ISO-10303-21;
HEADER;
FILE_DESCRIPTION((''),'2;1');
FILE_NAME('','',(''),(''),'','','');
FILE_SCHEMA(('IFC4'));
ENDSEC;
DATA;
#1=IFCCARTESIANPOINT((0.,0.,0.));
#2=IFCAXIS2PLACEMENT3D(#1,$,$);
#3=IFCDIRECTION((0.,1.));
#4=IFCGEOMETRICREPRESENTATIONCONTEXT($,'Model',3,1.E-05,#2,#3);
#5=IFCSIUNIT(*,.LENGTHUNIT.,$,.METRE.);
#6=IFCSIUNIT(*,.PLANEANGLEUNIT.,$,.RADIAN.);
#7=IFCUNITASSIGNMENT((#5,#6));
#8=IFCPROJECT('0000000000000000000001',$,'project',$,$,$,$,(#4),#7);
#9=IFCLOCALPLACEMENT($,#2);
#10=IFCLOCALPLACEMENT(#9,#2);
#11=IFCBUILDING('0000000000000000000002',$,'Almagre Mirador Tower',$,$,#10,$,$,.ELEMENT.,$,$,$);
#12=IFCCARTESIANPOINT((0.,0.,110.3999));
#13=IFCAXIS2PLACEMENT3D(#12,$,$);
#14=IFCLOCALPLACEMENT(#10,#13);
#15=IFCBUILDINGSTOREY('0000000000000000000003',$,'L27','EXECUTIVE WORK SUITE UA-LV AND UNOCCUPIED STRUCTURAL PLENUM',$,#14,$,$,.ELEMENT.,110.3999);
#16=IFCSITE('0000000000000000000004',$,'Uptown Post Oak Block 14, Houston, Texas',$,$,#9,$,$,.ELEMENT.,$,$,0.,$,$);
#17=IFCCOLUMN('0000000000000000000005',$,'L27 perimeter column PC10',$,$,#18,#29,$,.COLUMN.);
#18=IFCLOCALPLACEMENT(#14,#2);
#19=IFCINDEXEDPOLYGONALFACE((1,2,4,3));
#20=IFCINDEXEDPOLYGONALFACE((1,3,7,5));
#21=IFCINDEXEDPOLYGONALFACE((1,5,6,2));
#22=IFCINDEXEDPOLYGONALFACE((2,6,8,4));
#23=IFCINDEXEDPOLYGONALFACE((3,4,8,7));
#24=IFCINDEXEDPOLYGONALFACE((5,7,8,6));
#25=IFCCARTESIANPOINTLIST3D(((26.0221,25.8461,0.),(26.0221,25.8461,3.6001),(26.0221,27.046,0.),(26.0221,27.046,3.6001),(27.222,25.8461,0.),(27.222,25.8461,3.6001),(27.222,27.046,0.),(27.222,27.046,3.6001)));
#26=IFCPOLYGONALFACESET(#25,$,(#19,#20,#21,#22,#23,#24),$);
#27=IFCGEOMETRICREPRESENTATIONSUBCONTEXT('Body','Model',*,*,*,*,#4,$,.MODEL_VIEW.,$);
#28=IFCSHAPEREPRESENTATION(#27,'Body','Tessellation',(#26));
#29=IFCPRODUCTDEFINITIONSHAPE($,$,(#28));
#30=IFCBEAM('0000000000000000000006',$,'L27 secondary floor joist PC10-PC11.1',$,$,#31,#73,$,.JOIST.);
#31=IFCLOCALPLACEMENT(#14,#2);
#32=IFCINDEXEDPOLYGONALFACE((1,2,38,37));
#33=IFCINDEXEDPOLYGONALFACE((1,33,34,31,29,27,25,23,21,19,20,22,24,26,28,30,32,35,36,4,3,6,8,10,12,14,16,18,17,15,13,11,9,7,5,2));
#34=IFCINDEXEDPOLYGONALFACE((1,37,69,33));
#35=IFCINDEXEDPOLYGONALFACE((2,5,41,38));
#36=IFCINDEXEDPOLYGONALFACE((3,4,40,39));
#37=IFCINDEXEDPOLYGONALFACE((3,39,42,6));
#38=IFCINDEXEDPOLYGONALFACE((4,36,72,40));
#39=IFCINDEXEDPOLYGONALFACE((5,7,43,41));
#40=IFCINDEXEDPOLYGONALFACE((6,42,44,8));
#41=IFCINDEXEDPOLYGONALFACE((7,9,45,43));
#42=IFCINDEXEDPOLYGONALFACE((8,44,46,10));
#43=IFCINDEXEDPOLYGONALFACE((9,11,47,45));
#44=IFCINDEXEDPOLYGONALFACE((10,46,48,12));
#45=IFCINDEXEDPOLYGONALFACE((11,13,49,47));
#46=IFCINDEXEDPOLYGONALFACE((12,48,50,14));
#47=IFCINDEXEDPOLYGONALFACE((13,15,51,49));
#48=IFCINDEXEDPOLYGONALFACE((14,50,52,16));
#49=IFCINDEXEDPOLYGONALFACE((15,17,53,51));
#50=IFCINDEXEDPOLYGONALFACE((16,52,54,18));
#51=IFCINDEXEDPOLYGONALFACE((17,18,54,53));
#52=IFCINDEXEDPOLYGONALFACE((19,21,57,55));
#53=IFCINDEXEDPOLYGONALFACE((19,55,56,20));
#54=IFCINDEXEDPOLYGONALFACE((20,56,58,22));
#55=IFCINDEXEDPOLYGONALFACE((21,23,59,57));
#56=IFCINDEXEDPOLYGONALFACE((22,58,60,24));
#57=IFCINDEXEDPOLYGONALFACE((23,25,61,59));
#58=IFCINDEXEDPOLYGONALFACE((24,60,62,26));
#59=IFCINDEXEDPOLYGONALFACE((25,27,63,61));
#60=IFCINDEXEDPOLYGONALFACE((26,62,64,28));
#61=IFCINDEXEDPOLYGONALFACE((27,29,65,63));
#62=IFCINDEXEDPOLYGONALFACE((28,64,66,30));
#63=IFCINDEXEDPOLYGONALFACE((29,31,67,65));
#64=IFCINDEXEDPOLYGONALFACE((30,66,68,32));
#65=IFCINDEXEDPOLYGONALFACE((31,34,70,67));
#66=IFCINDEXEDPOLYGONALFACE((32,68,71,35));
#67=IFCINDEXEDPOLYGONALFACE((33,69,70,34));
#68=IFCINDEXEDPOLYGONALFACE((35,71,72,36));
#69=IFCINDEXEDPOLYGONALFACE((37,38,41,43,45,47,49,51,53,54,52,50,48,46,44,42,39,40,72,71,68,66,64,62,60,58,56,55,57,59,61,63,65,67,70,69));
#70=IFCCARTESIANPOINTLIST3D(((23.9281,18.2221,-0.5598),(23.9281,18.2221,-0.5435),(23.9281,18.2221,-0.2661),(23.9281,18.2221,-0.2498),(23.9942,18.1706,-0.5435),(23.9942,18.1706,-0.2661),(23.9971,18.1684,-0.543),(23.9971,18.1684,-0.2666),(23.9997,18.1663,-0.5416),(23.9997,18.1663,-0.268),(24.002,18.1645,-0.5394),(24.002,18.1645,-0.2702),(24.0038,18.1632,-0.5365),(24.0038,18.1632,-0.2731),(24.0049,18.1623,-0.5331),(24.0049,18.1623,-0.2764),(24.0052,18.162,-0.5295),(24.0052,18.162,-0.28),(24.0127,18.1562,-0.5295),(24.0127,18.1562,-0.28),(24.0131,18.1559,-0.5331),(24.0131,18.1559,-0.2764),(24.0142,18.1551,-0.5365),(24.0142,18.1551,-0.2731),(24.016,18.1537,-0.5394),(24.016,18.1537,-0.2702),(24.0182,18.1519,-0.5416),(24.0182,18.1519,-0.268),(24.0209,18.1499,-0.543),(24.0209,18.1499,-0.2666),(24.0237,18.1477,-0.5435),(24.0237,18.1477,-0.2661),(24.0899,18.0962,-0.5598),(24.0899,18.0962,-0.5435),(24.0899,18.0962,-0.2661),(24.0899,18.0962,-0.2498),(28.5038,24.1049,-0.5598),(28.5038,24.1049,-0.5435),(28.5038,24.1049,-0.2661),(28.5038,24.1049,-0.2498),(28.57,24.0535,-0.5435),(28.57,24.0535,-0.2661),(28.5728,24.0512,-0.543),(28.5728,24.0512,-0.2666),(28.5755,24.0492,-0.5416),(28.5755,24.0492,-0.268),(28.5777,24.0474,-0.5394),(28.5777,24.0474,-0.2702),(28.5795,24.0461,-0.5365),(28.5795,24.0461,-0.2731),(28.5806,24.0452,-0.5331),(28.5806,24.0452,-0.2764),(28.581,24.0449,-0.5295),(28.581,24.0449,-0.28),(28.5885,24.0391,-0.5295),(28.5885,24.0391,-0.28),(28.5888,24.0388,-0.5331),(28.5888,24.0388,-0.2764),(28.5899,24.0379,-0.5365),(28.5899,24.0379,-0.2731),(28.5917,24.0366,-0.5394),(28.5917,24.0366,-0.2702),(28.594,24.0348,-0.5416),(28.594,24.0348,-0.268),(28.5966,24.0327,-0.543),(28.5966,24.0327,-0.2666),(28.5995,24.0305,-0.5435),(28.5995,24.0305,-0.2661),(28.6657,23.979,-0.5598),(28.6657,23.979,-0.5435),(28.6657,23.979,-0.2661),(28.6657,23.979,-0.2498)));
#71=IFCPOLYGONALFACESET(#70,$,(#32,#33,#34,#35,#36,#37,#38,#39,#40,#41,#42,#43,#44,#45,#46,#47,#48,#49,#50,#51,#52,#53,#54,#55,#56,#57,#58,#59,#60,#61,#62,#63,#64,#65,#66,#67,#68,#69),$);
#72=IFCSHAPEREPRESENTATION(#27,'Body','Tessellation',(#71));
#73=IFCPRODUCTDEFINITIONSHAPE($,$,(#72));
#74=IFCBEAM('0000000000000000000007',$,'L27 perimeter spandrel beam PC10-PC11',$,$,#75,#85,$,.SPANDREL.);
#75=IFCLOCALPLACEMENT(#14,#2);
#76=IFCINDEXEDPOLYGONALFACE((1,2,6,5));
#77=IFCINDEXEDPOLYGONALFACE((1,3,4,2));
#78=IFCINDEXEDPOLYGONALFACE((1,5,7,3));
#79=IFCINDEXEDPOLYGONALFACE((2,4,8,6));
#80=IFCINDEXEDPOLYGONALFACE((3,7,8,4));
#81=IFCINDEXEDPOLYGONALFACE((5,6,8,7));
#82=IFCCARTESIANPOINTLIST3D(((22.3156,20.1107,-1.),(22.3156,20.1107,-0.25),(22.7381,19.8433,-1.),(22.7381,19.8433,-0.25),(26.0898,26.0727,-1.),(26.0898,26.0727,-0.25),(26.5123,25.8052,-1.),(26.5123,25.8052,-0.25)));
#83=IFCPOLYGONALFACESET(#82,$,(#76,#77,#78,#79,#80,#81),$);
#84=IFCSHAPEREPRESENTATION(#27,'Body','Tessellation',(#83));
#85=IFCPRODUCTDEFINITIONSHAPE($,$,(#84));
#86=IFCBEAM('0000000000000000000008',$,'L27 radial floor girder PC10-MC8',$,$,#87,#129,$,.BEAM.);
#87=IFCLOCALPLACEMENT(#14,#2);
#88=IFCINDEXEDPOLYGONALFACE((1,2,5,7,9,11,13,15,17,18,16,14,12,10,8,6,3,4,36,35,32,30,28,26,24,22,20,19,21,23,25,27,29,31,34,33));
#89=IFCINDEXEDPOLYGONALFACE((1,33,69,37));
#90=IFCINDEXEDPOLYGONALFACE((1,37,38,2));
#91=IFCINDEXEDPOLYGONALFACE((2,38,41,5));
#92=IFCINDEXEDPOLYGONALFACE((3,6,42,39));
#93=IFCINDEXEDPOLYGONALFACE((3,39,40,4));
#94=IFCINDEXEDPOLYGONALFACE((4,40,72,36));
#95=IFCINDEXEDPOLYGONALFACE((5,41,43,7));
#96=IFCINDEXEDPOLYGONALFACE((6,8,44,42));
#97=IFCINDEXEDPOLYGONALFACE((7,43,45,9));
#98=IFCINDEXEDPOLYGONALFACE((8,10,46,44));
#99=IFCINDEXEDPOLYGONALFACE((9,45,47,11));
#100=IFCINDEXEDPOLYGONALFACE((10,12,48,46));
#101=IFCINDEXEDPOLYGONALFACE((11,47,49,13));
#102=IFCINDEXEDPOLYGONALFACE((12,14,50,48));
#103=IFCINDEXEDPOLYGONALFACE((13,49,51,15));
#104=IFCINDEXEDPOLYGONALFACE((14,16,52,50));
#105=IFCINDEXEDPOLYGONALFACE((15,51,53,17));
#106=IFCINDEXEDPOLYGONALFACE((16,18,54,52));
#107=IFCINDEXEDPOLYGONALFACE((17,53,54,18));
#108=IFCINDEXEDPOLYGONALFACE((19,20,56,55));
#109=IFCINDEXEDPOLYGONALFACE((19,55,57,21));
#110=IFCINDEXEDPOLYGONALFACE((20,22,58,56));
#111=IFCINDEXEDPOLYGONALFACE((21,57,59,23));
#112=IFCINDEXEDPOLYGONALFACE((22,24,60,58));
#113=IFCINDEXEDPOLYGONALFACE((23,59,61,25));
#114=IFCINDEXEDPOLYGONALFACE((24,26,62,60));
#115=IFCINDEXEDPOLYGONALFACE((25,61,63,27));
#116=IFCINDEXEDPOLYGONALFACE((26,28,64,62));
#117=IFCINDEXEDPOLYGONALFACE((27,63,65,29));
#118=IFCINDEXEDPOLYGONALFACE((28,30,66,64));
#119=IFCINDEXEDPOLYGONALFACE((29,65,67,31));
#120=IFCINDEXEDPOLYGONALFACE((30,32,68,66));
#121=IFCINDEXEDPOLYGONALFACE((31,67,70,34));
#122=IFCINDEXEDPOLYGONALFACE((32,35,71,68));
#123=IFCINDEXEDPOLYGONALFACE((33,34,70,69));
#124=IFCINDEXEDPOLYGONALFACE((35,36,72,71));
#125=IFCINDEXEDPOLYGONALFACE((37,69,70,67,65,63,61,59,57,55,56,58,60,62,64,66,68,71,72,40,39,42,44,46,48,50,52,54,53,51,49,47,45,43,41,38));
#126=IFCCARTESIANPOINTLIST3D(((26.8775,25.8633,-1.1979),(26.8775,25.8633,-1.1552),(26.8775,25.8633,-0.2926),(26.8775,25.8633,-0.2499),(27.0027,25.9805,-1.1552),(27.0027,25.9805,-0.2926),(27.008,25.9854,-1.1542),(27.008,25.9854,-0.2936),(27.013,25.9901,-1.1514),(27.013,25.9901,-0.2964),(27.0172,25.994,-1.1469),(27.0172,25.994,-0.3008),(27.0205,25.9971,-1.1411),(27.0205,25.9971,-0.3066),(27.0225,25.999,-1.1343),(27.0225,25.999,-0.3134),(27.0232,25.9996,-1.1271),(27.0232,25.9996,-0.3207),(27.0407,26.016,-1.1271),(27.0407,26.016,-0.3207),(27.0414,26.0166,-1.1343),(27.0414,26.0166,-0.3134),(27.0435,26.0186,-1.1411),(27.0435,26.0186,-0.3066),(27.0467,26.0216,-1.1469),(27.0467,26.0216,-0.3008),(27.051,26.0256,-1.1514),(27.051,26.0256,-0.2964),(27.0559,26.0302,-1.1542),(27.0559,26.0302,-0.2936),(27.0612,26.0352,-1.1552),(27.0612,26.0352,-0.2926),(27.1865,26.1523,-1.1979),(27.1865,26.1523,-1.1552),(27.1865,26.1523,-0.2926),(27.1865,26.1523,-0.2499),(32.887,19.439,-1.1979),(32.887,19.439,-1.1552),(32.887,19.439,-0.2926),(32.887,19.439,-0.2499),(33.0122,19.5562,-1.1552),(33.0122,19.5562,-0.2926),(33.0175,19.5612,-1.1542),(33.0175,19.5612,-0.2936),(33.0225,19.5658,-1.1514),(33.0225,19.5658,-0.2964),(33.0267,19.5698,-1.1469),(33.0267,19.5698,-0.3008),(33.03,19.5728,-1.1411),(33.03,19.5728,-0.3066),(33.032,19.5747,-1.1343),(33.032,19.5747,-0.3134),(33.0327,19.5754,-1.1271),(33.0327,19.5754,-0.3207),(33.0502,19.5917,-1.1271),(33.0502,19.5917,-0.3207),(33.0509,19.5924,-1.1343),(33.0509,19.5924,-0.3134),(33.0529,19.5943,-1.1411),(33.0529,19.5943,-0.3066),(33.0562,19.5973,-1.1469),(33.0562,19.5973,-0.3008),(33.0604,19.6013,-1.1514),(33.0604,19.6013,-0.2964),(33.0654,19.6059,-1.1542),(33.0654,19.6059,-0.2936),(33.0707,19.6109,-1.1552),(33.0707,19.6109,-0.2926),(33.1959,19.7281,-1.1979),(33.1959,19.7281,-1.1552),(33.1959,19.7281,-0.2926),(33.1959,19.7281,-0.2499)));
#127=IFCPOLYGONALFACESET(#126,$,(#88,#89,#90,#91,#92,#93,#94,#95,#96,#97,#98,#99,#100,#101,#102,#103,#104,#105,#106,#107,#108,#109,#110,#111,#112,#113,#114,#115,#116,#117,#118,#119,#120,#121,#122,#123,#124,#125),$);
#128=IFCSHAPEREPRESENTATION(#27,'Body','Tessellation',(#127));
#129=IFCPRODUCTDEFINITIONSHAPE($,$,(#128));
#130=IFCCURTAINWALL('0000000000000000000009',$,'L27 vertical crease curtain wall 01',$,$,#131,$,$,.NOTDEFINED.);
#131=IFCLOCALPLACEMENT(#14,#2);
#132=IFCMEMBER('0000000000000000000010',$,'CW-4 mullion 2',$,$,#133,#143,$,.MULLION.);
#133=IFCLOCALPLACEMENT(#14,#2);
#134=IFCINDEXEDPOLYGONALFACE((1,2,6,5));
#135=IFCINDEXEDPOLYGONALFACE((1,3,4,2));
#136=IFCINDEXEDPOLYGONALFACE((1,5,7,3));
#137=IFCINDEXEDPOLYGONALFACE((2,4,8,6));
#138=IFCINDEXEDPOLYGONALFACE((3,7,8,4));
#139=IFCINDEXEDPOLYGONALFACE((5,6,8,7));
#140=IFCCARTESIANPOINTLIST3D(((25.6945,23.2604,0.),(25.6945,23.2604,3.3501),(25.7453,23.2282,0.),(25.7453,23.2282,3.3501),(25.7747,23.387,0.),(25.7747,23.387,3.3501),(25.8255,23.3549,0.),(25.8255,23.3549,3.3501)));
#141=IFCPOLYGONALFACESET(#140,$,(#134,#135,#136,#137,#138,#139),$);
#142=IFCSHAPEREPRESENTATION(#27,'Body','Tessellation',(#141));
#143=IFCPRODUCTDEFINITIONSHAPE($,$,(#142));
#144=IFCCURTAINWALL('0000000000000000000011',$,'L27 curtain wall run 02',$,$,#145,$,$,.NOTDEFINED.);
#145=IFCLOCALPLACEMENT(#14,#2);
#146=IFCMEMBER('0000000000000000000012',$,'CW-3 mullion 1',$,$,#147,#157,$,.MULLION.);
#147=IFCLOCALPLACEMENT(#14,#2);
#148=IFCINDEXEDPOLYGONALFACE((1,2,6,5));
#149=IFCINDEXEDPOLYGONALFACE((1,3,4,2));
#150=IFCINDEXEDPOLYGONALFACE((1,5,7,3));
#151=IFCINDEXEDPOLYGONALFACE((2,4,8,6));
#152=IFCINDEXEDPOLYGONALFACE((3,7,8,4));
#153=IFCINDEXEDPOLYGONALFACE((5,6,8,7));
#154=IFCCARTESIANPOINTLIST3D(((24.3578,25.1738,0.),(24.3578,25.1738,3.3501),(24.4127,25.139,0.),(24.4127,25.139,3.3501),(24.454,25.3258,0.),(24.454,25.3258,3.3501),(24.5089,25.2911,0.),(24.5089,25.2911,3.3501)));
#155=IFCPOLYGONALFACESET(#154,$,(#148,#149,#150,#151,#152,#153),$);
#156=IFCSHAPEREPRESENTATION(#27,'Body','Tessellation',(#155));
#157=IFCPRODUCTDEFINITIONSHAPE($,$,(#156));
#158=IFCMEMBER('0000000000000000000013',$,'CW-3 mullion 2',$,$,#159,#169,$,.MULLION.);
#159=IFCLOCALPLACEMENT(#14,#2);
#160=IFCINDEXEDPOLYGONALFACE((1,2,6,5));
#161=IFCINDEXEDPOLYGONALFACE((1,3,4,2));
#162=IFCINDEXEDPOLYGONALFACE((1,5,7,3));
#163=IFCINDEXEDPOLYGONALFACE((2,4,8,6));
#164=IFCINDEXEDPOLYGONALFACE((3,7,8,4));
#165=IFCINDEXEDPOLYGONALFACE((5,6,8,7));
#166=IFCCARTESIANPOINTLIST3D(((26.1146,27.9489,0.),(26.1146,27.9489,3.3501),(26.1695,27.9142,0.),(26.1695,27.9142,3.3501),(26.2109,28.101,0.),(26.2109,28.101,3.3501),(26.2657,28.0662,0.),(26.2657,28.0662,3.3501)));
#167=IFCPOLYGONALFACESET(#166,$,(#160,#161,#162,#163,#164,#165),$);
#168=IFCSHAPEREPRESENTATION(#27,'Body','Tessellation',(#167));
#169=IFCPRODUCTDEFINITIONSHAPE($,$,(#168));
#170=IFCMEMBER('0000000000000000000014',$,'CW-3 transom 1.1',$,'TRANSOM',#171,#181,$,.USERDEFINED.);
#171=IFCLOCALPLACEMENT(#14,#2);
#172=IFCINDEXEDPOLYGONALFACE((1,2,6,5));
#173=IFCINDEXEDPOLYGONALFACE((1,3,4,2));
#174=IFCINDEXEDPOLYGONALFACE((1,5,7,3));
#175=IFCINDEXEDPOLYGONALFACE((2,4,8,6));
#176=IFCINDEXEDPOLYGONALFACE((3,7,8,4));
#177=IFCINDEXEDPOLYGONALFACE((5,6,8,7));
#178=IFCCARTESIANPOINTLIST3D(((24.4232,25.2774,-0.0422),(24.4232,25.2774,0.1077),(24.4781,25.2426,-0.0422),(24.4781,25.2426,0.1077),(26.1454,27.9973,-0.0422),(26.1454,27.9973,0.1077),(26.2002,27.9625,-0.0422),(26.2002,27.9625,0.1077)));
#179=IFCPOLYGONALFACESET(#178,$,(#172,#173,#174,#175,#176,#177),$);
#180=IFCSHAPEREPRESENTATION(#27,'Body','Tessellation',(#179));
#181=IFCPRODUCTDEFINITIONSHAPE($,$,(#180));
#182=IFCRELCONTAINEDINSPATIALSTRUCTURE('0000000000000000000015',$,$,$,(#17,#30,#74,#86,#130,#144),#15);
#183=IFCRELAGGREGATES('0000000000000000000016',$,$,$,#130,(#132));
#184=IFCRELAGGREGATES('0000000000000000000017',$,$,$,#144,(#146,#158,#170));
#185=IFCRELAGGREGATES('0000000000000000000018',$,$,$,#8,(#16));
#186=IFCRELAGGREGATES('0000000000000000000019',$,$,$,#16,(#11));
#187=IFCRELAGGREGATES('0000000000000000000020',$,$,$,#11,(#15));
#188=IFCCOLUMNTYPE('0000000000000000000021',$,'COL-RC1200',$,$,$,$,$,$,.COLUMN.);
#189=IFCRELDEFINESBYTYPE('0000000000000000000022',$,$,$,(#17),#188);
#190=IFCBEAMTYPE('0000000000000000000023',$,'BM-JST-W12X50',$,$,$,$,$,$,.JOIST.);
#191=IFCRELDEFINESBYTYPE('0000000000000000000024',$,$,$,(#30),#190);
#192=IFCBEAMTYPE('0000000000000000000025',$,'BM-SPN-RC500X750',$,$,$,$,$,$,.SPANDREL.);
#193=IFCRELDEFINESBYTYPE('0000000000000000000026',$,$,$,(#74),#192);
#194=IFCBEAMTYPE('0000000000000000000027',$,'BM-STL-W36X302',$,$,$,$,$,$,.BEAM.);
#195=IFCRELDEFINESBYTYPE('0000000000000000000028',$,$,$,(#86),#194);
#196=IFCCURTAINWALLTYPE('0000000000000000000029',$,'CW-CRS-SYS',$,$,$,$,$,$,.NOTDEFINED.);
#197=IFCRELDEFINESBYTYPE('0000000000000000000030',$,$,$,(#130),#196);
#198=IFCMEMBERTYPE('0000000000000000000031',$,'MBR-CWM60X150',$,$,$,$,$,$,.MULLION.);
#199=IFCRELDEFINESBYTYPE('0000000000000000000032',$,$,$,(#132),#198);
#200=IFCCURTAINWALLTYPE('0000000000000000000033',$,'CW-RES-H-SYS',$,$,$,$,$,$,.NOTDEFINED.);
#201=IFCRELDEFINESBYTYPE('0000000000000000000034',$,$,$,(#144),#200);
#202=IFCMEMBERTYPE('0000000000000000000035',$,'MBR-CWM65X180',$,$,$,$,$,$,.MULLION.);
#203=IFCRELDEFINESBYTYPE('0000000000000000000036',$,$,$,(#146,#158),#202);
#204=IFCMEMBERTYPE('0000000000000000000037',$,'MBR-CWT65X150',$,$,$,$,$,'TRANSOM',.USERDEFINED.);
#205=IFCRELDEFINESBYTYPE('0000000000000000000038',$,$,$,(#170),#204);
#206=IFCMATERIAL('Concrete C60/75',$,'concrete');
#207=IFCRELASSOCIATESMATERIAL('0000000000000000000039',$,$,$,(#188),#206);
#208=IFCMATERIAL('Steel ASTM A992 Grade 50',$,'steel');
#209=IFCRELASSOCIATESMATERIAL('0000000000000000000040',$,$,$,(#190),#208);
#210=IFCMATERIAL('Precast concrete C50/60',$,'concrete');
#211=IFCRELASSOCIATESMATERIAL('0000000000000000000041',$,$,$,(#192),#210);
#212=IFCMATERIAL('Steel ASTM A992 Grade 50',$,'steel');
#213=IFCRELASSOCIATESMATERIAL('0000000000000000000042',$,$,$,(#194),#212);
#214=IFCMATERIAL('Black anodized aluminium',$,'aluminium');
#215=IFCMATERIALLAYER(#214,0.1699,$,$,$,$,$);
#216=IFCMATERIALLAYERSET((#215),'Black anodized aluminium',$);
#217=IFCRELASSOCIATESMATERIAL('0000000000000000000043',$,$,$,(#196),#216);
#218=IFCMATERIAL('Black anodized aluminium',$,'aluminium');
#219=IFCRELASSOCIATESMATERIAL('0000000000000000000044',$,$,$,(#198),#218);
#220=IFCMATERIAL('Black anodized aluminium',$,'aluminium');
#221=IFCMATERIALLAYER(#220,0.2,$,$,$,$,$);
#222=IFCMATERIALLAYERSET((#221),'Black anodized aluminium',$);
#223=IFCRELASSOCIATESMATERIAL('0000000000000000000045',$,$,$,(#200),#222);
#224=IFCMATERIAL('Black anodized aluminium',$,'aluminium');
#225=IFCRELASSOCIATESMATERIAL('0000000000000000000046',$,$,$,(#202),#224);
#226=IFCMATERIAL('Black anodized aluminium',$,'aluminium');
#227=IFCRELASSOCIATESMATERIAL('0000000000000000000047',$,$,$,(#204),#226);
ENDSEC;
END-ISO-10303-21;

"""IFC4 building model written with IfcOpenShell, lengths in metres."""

from ifc_helpers import new_model, si_unit, direction, frame, origin, origin_2d, place, context, subcontext, project, spatial, rectangle, i_section, extrude, material, layer, layer_set, material_profile, profile_set, type_object, element, aggregate, save


model = new_model("IFC4")

# Units and contexts
model_context = context("Model", 3, precision=1e-05, world=origin(), true_north=direction((0.0, 1.0)))
body_context = subcontext(model_context, "Body", "Model", "MODEL_VIEW")
ifc_project = project(units=[si_unit("LENGTHUNIT", "METRE"), si_unit("PLANEANGLEUNIT", "RADIAN")], contexts=[model_context])

# Site, building, storey
site_placement = place(None, origin())
site = spatial("IfcSite", under=ifc_project, at=site_placement, Name="Uptown Post Oak Block 14, Houston, Texas", CompositionType="ELEMENT", RefElevation=0.0)
building_placement = place(site_placement, origin())
building = spatial("IfcBuilding", under=site, at=building_placement, Name="Almagre Mirador Tower", CompositionType="ELEMENT")
storey_placement = place(building_placement, frame((0.0, 0.0, 110.3999)))
storey = spatial("IfcBuildingStorey", under=building, at=storey_placement, Name="L27", Description="EXECUTIVE WORK SUITE UA-LV AND UNOCCUPIED STRUCTURAL PLENUM", CompositionType="ELEMENT", Elevation=110.3999)

# Column
ifc_material_1 = material(Name="Concrete C60/75", Category="concrete")
ifc_material_profile_1 = material_profile(ifc_material_1, rectangle(XDim=1.2, YDim=1.2, at=origin_2d()), Name="RC1200X1200")
ifc_profile_set_1 = profile_set([ifc_material_profile_1], Name="Concrete C60/75")
column_type = type_object("IfcColumnType", Name="COL-RC1200", PredefinedType="COLUMN", material=ifc_profile_set_1)
column_placement = place(storey_placement, frame((26.6221, 26.446, 0.0), z_axis=(0.0, 0.0, 1.0), x_axis=(1.0, 0.0, 0.0)))
element("IfcColumn", 1, at=column_placement, inside=storey, type_object=column_type, Name="L27 perimeter column PC10", PredefinedType="COLUMN", context=body_context, shape_type="SweptSolid", body=[
    extrude(rectangle(XDim=1.2, YDim=1.2, at=origin_2d()), origin(), (0.0, 0.0, 1.0), 3.6001),
])

# Beams
ifc_material_2 = material(Name="Steel ASTM A992 Grade 50", Category="steel")
ifc_material_profile_2 = material_profile(ifc_material_2, i_section(OverallWidth=0.2051, OverallDepth=0.3101, WebThickness=0.0095, FlangeThickness=0.0164, FilletRadius=0.0139, at=origin_2d()), Name="W12X50")
ifc_profile_set_2 = profile_set([ifc_material_profile_2], Name="Steel ASTM A992 Grade 50")
beam_type_1 = type_object("IfcBeamType", Name="BM-JST-W12X50", PredefinedType="JOIST", material=ifc_profile_set_2)
beam_1_placement = place(storey_placement, frame((28.5847, 24.042, -0.4048), z_axis=(-0.613954, -0.789342, 0.0), x_axis=(0.789342, -0.613954, 0.0)))
element("IfcBeam", 2, at=beam_1_placement, inside=storey, type_object=beam_type_1, Name="L27 secondary floor joist PC10-PC11.1", PredefinedType="JOIST", context=body_context, shape_type="SweptSolid", body=[
    extrude(i_section(OverallWidth=0.2051, OverallDepth=0.3101, WebThickness=0.0095, FlangeThickness=0.0164, FilletRadius=0.0139, at=origin_2d()), origin(), (0.0, 0.0, 1.0), 7.4529),
])
ifc_material_3 = material(Name="Precast concrete C50/60", Category="concrete")
ifc_material_profile_3 = material_profile(ifc_material_3, rectangle(XDim=0.5, YDim=0.75, at=origin_2d()), Name="RC500X750")
ifc_profile_set_3 = profile_set([ifc_material_profile_3], Name="Precast concrete C50/60")
beam_type_2 = type_object("IfcBeamType", Name="BM-SPN-RC500X750", PredefinedType="SPANDREL", material=ifc_profile_set_3)
beam_2_placement = place(storey_placement, frame((26.301, 25.939, -0.625), z_axis=(-0.534879, -0.844929, 0.0), x_axis=(0.844929, -0.534879, 0.0)))
element("IfcBeam", 3, at=beam_2_placement, inside=storey, type_object=beam_type_2, Name="L27 perimeter spandrel beam PC10-PC11", PredefinedType="SPANDREL", context=body_context, shape_type="SweptSolid", body=[
    extrude(rectangle(XDim=0.5, YDim=0.75, at=origin_2d()), origin(), (0.0, 0.0, 1.0), 7.0562),
])
ifc_material_4 = material(Name="Steel ASTM A992 Grade 50", Category="steel")
ifc_material_profile_4 = material_profile(ifc_material_4, i_section(OverallWidth=0.4231, OverallDepth=0.948, WebThickness=0.0239, FlangeThickness=0.0427, FilletRadius=0.0281, at=origin_2d()), Name="W36X302")
ifc_profile_set_4 = profile_set([ifc_material_profile_4], Name="Steel ASTM A992 Grade 50")
beam_type_3 = type_object("IfcBeamType", Name="BM-STL-W36X302", PredefinedType="BEAM", material=ifc_profile_set_4)
beam_3_placement = place(storey_placement, frame((27.032, 26.0078, -0.7239), z_axis=(0.683138, -0.73029, 0.0), x_axis=(0.73029, 0.683138, 0.0)))
element("IfcBeam", 4, at=beam_3_placement, inside=storey, type_object=beam_type_3, Name="L27 radial floor girder PC10-MC8", PredefinedType="BEAM", context=body_context, shape_type="SweptSolid", body=[
    extrude(i_section(OverallWidth=0.4231, OverallDepth=0.948, WebThickness=0.0239, FlangeThickness=0.0427, FilletRadius=0.0281, at=origin_2d()), origin(), (0.0, 0.0, 1.0), 8.7969),
])

# Curtain wall, member
ifc_material_5 = material(Name="Black anodized aluminium", Category="aluminium")
ifc_layer_1 = layer(ifc_material_5, 0.1699)
ifc_layer_set_1 = layer_set([ifc_layer_1], Name="Black anodized aluminium")
curtain_wall_type_1 = type_object("IfcCurtainWallType", Name="CW-CRS-SYS", PredefinedType="NOTDEFINED", material=ifc_layer_set_1)
curtain_wall_1_placement = place(storey_placement, origin())
curtain_wall_1 = element("IfcCurtainWall", 5, at=curtain_wall_1_placement, inside=storey, type_object=curtain_wall_type_1, Name="L27 vertical crease curtain wall 01", PredefinedType="NOTDEFINED")
ifc_material_6 = material(Name="Black anodized aluminium", Category="aluminium")
ifc_material_profile_5 = material_profile(ifc_material_6, rectangle(XDim=0.0601, YDim=0.1499, at=origin_2d()), Name="CWM60X150")
ifc_profile_set_5 = profile_set([ifc_material_profile_5], Name="Black anodized aluminium")
member_type_1 = type_object("IfcMemberType", Name="MBR-CWM60X150", PredefinedType="MULLION", material=ifc_profile_set_5)
member_1_placement = place(storey_placement, frame((25.76, 23.3076, 0.0), z_axis=(0.0, 0.0, 1.0), x_axis=(-0.84492, 0.534893, 0.0)))
member_1 = element("IfcMember", 6, at=member_1_placement, type_object=member_type_1, Name="CW-4 mullion 2", PredefinedType="MULLION", context=body_context, shape_type="SweptSolid", body=[
    extrude(rectangle(XDim=0.0601, YDim=0.1499, at=origin_2d()), origin(), (0.0, 0.0, 1.0), 3.3501),
])
aggregate(curtain_wall_1, [member_1])

# Curtain wall, members
ifc_material_7 = material(Name="Black anodized aluminium", Category="aluminium")
ifc_layer_2 = layer(ifc_material_7, 0.2)
ifc_layer_set_2 = layer_set([ifc_layer_2], Name="Black anodized aluminium")
curtain_wall_type_2 = type_object("IfcCurtainWallType", Name="CW-RES-H-SYS", PredefinedType="NOTDEFINED", material=ifc_layer_set_2)
curtain_wall_2_placement = place(storey_placement, origin())
curtain_wall_2 = element("IfcCurtainWall", 7, at=curtain_wall_2_placement, inside=storey, type_object=curtain_wall_type_2, Name="L27 curtain wall run 02", PredefinedType="NOTDEFINED")
ifc_material_8 = material(Name="Black anodized aluminium", Category="aluminium")
ifc_material_profile_6 = material_profile(ifc_material_8, rectangle(XDim=0.0649, YDim=0.1799, at=origin_2d()), Name="CWM65X180")
ifc_profile_set_6 = profile_set([ifc_material_profile_6], Name="Black anodized aluminium")
member_type_2 = type_object("IfcMemberType", Name="MBR-CWM65X180", PredefinedType="MULLION", material=ifc_profile_set_6)
member_2_placement = place(storey_placement, frame((24.4333, 25.2324, 0.0), z_axis=(0.0, 0.0, 1.0), x_axis=(-0.844924, 0.534887, 0.0)))
member_2 = element("IfcMember", 8, at=member_2_placement, type_object=member_type_2, Name="CW-3 mullion 1", PredefinedType="MULLION", context=body_context, shape_type="SweptSolid", body=[
    extrude(rectangle(XDim=0.0649, YDim=0.1799, at=origin_2d()), origin(), (0.0, 0.0, 1.0), 3.3501),
])
member_3_placement = place(storey_placement, frame((26.1902, 28.0076, 0.0), z_axis=(0.0, 0.0, 1.0), x_axis=(-0.844924, 0.534887, 0.0)))
member_3 = element("IfcMember", 9, at=member_3_placement, type_object=member_type_2, Name="CW-3 mullion 2", PredefinedType="MULLION", context=body_context, shape_type="SweptSolid", body=[
    extrude(rectangle(XDim=0.0649, YDim=0.1799, at=origin_2d()), origin(), (0.0, 0.0, 1.0), 3.3501),
])
ifc_material_9 = material(Name="Black anodized aluminium", Category="aluminium")
ifc_material_profile_7 = material_profile(ifc_material_9, rectangle(XDim=0.0649, YDim=0.1499, at=origin_2d()), Name="CWT65X150")
ifc_profile_set_7 = profile_set([ifc_material_profile_7], Name="Black anodized aluminium")
member_type_3 = type_object("IfcMemberType", Name="MBR-CWT65X150", ElementType="TRANSOM", PredefinedType="USERDEFINED", material=ifc_profile_set_7)
member_4_placement = place(storey_placement, frame((24.4507, 25.26, 0.0327), z_axis=(0.534946, 0.844886, 0.0), x_axis=(-0.844886, 0.534946, 0.0)))
member_4 = element("IfcMember", 10, at=member_4_placement, type_object=member_type_3, Name="CW-3 transom 1.1", ObjectType="TRANSOM", PredefinedType="USERDEFINED", context=body_context, shape_type="SweptSolid", body=[
    extrude(rectangle(XDim=0.0649, YDim=0.1499, at=origin_2d()), origin(), (0.0, 0.0, 1.0), 3.2192),
])
aggregate(curtain_wall_2, [member_2, member_3, member_4])

save(model, "model.ifc")
